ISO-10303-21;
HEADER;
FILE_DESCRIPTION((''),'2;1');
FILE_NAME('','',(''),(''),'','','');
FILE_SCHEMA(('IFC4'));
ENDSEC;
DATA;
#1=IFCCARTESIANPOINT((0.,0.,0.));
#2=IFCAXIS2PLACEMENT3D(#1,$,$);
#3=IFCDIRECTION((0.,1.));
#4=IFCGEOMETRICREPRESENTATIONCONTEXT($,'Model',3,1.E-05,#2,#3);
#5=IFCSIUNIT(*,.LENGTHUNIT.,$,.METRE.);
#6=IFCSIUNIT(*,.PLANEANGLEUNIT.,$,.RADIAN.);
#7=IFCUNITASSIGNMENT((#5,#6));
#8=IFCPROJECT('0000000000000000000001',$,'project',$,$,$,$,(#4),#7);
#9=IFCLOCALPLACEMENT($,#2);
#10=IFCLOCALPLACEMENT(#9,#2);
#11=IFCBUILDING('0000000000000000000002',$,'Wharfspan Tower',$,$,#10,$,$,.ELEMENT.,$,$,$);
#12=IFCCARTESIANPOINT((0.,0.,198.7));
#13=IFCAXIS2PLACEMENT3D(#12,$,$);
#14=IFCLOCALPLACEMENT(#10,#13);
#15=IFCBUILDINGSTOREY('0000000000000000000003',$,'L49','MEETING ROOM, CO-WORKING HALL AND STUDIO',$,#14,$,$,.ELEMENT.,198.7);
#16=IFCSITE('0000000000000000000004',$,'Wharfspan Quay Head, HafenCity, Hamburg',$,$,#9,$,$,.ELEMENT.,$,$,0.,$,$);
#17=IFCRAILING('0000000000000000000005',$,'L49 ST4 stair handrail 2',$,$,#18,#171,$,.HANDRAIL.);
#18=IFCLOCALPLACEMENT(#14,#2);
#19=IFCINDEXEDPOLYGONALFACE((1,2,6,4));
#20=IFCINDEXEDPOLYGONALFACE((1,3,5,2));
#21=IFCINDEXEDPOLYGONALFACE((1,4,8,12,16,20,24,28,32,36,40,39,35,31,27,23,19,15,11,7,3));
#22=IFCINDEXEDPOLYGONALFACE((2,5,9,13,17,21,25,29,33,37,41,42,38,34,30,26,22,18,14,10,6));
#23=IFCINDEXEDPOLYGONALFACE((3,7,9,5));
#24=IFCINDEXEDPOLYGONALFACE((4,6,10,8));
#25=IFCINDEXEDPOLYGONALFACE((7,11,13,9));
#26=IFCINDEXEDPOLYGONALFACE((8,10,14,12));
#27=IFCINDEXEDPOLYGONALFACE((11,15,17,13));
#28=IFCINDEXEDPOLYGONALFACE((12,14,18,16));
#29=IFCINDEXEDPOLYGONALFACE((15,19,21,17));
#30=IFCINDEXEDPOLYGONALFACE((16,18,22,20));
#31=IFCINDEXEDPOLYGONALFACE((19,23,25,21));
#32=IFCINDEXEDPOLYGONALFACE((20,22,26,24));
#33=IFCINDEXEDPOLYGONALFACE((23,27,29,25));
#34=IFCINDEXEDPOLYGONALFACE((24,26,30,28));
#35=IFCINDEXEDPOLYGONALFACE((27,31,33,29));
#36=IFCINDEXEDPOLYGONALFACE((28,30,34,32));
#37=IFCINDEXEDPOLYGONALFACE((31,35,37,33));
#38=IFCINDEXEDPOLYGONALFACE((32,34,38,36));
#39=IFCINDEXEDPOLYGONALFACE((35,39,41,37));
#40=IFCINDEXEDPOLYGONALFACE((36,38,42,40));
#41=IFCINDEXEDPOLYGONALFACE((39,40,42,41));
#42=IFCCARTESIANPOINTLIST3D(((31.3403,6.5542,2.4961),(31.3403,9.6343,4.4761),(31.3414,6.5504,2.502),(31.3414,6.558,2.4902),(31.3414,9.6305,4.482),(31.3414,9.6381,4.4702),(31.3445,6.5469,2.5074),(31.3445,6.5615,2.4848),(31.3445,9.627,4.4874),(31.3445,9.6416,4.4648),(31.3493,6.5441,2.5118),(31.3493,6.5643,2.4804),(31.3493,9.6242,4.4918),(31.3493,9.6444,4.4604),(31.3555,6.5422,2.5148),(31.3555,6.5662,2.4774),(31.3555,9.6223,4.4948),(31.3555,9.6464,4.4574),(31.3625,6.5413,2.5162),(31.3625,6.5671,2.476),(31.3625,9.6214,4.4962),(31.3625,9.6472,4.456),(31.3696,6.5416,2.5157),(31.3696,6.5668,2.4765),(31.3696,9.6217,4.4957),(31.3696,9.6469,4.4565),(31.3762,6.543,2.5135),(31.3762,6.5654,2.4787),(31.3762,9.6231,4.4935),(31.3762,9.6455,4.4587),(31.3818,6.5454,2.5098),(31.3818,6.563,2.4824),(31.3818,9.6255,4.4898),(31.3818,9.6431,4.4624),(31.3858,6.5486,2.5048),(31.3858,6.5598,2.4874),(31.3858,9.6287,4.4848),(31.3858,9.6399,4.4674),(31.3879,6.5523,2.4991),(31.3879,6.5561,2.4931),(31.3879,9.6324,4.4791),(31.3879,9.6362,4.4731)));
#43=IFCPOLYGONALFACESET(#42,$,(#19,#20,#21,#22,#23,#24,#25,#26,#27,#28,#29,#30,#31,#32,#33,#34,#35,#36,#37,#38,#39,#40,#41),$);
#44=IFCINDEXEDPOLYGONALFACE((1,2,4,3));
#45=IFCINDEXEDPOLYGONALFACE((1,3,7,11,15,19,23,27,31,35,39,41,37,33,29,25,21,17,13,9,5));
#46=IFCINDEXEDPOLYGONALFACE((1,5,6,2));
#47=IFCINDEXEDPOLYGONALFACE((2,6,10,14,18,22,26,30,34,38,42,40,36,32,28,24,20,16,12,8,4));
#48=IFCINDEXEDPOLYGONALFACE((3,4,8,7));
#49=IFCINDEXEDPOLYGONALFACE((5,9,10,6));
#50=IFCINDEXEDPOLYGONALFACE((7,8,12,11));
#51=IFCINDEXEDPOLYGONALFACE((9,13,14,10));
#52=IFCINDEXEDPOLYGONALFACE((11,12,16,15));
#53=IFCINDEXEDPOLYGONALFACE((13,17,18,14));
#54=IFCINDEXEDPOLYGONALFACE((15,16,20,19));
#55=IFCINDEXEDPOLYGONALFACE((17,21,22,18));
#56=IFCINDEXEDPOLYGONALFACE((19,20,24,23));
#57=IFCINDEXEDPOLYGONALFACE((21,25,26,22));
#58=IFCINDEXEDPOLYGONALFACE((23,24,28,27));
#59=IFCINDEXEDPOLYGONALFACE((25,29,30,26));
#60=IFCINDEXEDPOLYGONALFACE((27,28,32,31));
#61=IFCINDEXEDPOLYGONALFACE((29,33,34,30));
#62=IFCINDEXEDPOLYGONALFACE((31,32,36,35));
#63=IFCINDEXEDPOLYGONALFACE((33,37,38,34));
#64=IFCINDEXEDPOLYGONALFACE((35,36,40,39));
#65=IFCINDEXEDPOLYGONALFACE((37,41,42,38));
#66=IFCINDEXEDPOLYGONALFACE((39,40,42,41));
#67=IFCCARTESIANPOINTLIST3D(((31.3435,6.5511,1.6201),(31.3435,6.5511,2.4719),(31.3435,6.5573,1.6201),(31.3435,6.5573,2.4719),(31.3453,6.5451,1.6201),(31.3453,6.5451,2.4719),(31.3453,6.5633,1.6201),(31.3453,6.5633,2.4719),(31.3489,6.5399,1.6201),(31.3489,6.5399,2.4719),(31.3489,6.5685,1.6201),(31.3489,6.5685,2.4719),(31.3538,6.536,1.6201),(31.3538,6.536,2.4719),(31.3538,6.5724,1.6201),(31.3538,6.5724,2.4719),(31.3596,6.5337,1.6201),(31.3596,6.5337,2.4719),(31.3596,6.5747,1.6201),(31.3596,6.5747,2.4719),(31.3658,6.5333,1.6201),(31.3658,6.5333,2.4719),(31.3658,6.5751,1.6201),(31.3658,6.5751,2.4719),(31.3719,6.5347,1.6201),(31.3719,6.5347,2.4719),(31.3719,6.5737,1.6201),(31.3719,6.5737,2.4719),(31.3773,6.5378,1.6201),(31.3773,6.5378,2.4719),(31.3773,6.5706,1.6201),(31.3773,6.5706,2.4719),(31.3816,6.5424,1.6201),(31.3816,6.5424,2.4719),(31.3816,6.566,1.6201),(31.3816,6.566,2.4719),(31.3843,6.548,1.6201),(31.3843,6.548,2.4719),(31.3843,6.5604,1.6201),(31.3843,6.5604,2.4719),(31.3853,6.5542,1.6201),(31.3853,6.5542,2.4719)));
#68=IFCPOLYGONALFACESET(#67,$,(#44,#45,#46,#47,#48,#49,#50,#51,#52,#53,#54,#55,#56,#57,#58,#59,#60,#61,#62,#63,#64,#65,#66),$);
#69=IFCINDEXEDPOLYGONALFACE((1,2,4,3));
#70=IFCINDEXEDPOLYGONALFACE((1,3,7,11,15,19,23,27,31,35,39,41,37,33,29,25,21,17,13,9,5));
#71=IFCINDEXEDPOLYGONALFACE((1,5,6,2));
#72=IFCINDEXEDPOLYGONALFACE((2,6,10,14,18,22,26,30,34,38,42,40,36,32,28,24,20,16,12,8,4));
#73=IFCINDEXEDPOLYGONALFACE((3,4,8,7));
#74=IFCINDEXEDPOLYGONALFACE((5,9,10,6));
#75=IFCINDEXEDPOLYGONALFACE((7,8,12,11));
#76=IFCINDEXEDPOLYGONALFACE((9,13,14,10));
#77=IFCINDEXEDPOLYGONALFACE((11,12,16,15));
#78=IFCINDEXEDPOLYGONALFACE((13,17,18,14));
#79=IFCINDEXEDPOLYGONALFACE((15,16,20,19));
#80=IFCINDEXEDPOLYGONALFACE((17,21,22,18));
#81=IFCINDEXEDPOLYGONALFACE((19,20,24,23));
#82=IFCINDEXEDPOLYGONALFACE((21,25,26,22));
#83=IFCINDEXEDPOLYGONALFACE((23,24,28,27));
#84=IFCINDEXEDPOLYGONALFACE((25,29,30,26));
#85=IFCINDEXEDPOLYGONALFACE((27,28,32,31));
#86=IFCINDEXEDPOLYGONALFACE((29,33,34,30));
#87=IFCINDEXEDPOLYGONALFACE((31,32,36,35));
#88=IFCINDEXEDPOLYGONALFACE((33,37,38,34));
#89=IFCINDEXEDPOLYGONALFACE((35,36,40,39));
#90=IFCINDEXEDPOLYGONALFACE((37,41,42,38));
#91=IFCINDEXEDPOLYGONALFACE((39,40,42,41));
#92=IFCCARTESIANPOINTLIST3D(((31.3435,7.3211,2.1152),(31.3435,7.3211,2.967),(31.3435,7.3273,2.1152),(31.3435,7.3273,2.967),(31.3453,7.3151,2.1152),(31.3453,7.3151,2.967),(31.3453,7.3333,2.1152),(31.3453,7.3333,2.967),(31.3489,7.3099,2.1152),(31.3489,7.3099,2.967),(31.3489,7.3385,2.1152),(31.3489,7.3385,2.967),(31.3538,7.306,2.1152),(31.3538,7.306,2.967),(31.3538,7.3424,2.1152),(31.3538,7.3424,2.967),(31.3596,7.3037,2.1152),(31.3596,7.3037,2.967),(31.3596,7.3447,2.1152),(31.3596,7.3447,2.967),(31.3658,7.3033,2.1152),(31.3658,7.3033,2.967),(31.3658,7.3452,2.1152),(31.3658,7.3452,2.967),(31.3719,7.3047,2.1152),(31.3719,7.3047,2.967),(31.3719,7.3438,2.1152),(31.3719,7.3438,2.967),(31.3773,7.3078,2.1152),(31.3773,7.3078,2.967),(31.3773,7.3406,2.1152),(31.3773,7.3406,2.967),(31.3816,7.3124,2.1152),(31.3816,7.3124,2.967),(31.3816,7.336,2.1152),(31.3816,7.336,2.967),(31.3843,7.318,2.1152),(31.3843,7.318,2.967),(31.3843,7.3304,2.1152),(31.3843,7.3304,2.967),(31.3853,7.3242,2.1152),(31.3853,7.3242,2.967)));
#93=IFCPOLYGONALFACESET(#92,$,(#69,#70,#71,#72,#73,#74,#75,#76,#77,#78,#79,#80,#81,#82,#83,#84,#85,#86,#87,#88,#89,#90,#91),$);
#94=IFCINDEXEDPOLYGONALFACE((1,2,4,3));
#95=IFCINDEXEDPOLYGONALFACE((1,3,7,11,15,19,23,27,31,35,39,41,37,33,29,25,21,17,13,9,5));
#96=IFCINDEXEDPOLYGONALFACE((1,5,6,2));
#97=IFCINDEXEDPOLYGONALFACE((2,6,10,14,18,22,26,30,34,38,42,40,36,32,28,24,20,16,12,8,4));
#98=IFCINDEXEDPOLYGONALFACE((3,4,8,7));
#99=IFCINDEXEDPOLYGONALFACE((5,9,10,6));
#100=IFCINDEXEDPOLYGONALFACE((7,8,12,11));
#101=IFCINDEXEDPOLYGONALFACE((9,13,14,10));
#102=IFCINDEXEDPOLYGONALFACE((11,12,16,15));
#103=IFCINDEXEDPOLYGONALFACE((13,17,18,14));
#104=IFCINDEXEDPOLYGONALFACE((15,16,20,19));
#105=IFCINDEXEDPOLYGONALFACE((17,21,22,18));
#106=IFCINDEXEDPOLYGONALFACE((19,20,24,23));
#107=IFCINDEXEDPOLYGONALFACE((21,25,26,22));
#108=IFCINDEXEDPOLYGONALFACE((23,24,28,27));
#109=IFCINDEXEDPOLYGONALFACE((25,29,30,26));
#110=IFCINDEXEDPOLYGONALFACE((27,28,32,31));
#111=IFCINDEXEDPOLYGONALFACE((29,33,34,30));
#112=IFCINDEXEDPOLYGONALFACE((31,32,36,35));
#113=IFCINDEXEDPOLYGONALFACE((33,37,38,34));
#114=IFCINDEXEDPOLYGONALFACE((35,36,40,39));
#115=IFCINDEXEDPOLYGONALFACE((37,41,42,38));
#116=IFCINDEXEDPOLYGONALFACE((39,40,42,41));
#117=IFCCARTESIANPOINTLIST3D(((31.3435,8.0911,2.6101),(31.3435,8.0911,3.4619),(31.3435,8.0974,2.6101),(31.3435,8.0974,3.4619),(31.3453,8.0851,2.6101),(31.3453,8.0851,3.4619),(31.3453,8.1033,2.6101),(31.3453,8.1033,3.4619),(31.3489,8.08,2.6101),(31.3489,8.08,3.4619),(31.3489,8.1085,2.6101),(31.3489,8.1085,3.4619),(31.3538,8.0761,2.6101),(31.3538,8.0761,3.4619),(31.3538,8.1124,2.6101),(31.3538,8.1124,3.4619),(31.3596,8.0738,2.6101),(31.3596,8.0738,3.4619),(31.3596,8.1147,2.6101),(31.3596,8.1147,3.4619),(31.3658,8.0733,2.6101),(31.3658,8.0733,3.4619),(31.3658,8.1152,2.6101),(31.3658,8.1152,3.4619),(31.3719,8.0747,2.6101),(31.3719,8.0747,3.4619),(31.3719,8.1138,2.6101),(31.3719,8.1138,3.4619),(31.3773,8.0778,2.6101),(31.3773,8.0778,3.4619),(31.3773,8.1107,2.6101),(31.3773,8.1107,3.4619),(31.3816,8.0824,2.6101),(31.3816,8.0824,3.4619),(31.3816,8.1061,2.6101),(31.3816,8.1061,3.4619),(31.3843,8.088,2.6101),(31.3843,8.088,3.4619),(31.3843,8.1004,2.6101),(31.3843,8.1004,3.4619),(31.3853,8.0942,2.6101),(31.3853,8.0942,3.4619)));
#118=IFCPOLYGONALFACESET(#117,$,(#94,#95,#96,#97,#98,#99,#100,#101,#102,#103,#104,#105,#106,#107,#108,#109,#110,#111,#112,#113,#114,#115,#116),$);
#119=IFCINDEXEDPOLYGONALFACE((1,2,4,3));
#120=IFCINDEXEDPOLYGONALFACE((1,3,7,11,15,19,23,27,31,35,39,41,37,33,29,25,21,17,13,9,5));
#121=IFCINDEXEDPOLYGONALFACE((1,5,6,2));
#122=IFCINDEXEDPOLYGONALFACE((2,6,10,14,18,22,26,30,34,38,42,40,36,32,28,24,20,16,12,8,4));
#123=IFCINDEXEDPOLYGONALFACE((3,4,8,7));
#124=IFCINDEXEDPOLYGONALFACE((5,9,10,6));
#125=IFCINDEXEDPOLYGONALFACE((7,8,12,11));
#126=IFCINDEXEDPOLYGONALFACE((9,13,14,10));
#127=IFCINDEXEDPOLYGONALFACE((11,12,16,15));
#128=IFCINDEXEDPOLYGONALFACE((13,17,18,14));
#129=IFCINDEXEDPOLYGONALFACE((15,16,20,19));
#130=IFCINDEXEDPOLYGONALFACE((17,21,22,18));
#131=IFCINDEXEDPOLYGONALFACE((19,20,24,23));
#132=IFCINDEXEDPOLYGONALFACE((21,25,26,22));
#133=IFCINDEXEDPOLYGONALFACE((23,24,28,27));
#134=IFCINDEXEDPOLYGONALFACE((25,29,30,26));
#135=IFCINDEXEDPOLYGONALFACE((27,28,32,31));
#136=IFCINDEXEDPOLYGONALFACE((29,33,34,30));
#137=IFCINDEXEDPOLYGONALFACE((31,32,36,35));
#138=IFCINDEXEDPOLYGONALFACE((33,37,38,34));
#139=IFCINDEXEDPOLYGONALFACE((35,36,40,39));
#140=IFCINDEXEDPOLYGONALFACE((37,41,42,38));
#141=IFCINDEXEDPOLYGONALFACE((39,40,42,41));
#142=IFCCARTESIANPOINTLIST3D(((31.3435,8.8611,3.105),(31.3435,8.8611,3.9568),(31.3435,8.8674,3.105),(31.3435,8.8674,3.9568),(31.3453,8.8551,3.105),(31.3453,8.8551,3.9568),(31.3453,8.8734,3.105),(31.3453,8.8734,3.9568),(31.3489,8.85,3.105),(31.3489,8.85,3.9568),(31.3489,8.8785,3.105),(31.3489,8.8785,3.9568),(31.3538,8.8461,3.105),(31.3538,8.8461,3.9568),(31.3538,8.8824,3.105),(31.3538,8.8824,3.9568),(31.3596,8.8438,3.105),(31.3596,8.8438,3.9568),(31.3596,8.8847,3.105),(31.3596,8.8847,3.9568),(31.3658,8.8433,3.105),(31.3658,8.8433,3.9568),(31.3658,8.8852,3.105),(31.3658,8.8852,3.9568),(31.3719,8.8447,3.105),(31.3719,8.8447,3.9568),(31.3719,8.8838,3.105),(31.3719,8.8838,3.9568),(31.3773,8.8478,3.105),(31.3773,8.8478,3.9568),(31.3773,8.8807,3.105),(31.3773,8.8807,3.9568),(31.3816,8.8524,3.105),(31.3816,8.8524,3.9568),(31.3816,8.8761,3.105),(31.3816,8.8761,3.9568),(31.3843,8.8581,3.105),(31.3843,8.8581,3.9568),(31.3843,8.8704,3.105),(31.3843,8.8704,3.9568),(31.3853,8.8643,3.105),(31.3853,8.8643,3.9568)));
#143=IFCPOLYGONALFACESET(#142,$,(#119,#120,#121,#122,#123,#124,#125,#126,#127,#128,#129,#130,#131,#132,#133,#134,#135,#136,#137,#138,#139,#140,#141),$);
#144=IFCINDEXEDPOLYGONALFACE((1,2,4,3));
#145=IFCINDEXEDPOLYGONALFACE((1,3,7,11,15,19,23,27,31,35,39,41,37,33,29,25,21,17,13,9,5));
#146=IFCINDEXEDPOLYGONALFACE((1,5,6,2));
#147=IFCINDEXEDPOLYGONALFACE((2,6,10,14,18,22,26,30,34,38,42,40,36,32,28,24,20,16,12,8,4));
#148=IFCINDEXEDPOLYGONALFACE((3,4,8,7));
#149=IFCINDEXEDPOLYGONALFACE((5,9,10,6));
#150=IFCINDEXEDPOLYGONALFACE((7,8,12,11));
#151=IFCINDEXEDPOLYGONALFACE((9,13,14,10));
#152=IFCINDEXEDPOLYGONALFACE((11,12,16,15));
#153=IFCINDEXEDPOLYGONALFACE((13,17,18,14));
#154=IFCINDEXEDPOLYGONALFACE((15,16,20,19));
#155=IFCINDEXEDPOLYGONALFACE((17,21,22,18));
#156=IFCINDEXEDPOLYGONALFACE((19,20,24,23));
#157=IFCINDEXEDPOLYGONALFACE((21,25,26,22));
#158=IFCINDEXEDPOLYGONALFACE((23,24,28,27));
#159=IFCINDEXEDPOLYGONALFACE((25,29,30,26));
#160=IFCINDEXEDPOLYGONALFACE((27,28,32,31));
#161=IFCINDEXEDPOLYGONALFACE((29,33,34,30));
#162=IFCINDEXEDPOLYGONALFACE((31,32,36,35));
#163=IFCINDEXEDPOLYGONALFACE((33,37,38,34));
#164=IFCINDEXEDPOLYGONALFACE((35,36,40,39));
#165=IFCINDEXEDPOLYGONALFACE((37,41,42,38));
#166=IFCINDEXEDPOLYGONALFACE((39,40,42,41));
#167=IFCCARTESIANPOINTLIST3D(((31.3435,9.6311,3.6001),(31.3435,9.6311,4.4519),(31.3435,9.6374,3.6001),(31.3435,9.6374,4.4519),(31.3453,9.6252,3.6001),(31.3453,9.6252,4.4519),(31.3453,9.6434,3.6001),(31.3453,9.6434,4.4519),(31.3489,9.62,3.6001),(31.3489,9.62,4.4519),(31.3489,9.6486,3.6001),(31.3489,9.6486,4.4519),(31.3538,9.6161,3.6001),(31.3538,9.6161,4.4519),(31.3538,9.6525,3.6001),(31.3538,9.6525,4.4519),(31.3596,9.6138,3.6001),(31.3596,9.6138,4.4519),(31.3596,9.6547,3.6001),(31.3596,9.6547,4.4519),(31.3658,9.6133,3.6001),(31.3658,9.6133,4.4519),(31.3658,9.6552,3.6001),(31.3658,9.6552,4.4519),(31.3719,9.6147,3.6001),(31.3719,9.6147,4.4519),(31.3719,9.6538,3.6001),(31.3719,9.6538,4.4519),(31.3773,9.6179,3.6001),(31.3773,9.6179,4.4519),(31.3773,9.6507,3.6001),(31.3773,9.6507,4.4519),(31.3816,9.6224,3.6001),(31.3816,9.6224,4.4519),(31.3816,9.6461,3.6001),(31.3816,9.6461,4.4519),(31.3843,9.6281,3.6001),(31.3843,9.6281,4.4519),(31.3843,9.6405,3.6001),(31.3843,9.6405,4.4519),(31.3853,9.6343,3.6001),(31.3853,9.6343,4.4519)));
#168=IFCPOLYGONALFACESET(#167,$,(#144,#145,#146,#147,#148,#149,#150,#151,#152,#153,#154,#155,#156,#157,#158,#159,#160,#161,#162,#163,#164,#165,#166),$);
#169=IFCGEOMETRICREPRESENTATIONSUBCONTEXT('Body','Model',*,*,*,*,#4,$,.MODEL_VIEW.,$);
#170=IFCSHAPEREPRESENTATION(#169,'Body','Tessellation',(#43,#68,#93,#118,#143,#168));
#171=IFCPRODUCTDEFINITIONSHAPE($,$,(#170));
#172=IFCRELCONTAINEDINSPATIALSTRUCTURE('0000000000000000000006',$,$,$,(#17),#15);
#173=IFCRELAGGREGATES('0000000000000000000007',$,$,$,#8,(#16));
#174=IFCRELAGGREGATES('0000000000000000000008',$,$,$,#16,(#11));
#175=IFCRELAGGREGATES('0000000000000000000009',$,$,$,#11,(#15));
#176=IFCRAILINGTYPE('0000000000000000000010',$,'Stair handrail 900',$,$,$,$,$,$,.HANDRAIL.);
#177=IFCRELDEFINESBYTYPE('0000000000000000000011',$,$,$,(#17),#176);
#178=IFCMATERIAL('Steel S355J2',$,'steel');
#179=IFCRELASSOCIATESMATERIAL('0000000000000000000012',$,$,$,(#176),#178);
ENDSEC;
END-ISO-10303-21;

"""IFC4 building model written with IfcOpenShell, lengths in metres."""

from ifc_helpers import new_model, si_unit, direction, frame, origin, origin_2d, place, context, subcontext, project, spatial, circle, extrude, material, type_object, element, save


model = new_model("IFC4")

# Units and contexts
model_context = context("Model", 3, precision=1e-05, world=origin(), true_north=direction((0.0, 1.0)))
body_context = subcontext(model_context, "Body", "Model", "MODEL_VIEW")
ifc_project = project(units=[si_unit("LENGTHUNIT", "METRE"), si_unit("PLANEANGLEUNIT", "RADIAN")], contexts=[model_context])

# Site, building, storey
site_placement = place(None, origin())
site = spatial("IfcSite", under=ifc_project, at=site_placement, Name="Wharfspan Quay Head, HafenCity, Hamburg", CompositionType="ELEMENT", RefElevation=0.0)
building_placement = place(site_placement, origin())
building = spatial("IfcBuilding", under=site, at=building_placement, Name="Wharfspan Tower", CompositionType="ELEMENT")
storey_placement = place(building_placement, frame((0.0, 0.0, 198.7)))
storey = spatial("IfcBuildingStorey", under=building, at=storey_placement, Name="L49", Description="MEETING ROOM, CO-WORKING HALL AND STUDIO", CompositionType="ELEMENT", Elevation=198.7)

# Shared definitions
ifc_material_1 = material(Name="Steel S355J2", Category="steel")

# Railing
railing_type_1 = type_object("IfcRailingType", Name="Stair handrail 900", PredefinedType="HANDRAIL", material=ifc_material_1)
railing_1_placement = place(storey_placement, frame((31.3643, 6.5542, 1.6201)))
element("IfcRailing", 1, at=railing_1_placement, inside=storey, type_object=railing_type_1, Name="L49 ST4 stair handrail 2", PredefinedType="HANDRAIL", context=body_context, shape_type="SweptSolid", body=[
    extrude(circle(Radius=0.0239, at=origin_2d()), frame((0.0, 0.0, 0.876), z_axis=(0.0, 0.841187, 0.540744), x_axis=(-1.0, 0.0, 0.0)), (0.0, 0.0, 1.0), 3.6616),
    extrude(circle(Radius=0.021, at=origin_2d()), origin(), (0.0, 0.0, 1.0), 0.8518),
    extrude(circle(Radius=0.021, at=origin_2d()), frame((0.0, 0.77, 0.4951)), (0.0, 0.0, 1.0), 0.8518),
    extrude(circle(Radius=0.021, at=origin_2d()), frame((0.0, 1.54, 0.99)), (0.0, 0.0, 1.0), 0.8518),
    extrude(circle(Radius=0.021, at=origin_2d()), frame((0.0, 2.3101, 1.4849)), (0.0, 0.0, 1.0), 0.8518),
    extrude(circle(Radius=0.021, at=origin_2d()), frame((0.0, 3.0801, 1.98)), (0.0, 0.0, 1.0), 0.8518),
])

save(model, "model.ifc")
